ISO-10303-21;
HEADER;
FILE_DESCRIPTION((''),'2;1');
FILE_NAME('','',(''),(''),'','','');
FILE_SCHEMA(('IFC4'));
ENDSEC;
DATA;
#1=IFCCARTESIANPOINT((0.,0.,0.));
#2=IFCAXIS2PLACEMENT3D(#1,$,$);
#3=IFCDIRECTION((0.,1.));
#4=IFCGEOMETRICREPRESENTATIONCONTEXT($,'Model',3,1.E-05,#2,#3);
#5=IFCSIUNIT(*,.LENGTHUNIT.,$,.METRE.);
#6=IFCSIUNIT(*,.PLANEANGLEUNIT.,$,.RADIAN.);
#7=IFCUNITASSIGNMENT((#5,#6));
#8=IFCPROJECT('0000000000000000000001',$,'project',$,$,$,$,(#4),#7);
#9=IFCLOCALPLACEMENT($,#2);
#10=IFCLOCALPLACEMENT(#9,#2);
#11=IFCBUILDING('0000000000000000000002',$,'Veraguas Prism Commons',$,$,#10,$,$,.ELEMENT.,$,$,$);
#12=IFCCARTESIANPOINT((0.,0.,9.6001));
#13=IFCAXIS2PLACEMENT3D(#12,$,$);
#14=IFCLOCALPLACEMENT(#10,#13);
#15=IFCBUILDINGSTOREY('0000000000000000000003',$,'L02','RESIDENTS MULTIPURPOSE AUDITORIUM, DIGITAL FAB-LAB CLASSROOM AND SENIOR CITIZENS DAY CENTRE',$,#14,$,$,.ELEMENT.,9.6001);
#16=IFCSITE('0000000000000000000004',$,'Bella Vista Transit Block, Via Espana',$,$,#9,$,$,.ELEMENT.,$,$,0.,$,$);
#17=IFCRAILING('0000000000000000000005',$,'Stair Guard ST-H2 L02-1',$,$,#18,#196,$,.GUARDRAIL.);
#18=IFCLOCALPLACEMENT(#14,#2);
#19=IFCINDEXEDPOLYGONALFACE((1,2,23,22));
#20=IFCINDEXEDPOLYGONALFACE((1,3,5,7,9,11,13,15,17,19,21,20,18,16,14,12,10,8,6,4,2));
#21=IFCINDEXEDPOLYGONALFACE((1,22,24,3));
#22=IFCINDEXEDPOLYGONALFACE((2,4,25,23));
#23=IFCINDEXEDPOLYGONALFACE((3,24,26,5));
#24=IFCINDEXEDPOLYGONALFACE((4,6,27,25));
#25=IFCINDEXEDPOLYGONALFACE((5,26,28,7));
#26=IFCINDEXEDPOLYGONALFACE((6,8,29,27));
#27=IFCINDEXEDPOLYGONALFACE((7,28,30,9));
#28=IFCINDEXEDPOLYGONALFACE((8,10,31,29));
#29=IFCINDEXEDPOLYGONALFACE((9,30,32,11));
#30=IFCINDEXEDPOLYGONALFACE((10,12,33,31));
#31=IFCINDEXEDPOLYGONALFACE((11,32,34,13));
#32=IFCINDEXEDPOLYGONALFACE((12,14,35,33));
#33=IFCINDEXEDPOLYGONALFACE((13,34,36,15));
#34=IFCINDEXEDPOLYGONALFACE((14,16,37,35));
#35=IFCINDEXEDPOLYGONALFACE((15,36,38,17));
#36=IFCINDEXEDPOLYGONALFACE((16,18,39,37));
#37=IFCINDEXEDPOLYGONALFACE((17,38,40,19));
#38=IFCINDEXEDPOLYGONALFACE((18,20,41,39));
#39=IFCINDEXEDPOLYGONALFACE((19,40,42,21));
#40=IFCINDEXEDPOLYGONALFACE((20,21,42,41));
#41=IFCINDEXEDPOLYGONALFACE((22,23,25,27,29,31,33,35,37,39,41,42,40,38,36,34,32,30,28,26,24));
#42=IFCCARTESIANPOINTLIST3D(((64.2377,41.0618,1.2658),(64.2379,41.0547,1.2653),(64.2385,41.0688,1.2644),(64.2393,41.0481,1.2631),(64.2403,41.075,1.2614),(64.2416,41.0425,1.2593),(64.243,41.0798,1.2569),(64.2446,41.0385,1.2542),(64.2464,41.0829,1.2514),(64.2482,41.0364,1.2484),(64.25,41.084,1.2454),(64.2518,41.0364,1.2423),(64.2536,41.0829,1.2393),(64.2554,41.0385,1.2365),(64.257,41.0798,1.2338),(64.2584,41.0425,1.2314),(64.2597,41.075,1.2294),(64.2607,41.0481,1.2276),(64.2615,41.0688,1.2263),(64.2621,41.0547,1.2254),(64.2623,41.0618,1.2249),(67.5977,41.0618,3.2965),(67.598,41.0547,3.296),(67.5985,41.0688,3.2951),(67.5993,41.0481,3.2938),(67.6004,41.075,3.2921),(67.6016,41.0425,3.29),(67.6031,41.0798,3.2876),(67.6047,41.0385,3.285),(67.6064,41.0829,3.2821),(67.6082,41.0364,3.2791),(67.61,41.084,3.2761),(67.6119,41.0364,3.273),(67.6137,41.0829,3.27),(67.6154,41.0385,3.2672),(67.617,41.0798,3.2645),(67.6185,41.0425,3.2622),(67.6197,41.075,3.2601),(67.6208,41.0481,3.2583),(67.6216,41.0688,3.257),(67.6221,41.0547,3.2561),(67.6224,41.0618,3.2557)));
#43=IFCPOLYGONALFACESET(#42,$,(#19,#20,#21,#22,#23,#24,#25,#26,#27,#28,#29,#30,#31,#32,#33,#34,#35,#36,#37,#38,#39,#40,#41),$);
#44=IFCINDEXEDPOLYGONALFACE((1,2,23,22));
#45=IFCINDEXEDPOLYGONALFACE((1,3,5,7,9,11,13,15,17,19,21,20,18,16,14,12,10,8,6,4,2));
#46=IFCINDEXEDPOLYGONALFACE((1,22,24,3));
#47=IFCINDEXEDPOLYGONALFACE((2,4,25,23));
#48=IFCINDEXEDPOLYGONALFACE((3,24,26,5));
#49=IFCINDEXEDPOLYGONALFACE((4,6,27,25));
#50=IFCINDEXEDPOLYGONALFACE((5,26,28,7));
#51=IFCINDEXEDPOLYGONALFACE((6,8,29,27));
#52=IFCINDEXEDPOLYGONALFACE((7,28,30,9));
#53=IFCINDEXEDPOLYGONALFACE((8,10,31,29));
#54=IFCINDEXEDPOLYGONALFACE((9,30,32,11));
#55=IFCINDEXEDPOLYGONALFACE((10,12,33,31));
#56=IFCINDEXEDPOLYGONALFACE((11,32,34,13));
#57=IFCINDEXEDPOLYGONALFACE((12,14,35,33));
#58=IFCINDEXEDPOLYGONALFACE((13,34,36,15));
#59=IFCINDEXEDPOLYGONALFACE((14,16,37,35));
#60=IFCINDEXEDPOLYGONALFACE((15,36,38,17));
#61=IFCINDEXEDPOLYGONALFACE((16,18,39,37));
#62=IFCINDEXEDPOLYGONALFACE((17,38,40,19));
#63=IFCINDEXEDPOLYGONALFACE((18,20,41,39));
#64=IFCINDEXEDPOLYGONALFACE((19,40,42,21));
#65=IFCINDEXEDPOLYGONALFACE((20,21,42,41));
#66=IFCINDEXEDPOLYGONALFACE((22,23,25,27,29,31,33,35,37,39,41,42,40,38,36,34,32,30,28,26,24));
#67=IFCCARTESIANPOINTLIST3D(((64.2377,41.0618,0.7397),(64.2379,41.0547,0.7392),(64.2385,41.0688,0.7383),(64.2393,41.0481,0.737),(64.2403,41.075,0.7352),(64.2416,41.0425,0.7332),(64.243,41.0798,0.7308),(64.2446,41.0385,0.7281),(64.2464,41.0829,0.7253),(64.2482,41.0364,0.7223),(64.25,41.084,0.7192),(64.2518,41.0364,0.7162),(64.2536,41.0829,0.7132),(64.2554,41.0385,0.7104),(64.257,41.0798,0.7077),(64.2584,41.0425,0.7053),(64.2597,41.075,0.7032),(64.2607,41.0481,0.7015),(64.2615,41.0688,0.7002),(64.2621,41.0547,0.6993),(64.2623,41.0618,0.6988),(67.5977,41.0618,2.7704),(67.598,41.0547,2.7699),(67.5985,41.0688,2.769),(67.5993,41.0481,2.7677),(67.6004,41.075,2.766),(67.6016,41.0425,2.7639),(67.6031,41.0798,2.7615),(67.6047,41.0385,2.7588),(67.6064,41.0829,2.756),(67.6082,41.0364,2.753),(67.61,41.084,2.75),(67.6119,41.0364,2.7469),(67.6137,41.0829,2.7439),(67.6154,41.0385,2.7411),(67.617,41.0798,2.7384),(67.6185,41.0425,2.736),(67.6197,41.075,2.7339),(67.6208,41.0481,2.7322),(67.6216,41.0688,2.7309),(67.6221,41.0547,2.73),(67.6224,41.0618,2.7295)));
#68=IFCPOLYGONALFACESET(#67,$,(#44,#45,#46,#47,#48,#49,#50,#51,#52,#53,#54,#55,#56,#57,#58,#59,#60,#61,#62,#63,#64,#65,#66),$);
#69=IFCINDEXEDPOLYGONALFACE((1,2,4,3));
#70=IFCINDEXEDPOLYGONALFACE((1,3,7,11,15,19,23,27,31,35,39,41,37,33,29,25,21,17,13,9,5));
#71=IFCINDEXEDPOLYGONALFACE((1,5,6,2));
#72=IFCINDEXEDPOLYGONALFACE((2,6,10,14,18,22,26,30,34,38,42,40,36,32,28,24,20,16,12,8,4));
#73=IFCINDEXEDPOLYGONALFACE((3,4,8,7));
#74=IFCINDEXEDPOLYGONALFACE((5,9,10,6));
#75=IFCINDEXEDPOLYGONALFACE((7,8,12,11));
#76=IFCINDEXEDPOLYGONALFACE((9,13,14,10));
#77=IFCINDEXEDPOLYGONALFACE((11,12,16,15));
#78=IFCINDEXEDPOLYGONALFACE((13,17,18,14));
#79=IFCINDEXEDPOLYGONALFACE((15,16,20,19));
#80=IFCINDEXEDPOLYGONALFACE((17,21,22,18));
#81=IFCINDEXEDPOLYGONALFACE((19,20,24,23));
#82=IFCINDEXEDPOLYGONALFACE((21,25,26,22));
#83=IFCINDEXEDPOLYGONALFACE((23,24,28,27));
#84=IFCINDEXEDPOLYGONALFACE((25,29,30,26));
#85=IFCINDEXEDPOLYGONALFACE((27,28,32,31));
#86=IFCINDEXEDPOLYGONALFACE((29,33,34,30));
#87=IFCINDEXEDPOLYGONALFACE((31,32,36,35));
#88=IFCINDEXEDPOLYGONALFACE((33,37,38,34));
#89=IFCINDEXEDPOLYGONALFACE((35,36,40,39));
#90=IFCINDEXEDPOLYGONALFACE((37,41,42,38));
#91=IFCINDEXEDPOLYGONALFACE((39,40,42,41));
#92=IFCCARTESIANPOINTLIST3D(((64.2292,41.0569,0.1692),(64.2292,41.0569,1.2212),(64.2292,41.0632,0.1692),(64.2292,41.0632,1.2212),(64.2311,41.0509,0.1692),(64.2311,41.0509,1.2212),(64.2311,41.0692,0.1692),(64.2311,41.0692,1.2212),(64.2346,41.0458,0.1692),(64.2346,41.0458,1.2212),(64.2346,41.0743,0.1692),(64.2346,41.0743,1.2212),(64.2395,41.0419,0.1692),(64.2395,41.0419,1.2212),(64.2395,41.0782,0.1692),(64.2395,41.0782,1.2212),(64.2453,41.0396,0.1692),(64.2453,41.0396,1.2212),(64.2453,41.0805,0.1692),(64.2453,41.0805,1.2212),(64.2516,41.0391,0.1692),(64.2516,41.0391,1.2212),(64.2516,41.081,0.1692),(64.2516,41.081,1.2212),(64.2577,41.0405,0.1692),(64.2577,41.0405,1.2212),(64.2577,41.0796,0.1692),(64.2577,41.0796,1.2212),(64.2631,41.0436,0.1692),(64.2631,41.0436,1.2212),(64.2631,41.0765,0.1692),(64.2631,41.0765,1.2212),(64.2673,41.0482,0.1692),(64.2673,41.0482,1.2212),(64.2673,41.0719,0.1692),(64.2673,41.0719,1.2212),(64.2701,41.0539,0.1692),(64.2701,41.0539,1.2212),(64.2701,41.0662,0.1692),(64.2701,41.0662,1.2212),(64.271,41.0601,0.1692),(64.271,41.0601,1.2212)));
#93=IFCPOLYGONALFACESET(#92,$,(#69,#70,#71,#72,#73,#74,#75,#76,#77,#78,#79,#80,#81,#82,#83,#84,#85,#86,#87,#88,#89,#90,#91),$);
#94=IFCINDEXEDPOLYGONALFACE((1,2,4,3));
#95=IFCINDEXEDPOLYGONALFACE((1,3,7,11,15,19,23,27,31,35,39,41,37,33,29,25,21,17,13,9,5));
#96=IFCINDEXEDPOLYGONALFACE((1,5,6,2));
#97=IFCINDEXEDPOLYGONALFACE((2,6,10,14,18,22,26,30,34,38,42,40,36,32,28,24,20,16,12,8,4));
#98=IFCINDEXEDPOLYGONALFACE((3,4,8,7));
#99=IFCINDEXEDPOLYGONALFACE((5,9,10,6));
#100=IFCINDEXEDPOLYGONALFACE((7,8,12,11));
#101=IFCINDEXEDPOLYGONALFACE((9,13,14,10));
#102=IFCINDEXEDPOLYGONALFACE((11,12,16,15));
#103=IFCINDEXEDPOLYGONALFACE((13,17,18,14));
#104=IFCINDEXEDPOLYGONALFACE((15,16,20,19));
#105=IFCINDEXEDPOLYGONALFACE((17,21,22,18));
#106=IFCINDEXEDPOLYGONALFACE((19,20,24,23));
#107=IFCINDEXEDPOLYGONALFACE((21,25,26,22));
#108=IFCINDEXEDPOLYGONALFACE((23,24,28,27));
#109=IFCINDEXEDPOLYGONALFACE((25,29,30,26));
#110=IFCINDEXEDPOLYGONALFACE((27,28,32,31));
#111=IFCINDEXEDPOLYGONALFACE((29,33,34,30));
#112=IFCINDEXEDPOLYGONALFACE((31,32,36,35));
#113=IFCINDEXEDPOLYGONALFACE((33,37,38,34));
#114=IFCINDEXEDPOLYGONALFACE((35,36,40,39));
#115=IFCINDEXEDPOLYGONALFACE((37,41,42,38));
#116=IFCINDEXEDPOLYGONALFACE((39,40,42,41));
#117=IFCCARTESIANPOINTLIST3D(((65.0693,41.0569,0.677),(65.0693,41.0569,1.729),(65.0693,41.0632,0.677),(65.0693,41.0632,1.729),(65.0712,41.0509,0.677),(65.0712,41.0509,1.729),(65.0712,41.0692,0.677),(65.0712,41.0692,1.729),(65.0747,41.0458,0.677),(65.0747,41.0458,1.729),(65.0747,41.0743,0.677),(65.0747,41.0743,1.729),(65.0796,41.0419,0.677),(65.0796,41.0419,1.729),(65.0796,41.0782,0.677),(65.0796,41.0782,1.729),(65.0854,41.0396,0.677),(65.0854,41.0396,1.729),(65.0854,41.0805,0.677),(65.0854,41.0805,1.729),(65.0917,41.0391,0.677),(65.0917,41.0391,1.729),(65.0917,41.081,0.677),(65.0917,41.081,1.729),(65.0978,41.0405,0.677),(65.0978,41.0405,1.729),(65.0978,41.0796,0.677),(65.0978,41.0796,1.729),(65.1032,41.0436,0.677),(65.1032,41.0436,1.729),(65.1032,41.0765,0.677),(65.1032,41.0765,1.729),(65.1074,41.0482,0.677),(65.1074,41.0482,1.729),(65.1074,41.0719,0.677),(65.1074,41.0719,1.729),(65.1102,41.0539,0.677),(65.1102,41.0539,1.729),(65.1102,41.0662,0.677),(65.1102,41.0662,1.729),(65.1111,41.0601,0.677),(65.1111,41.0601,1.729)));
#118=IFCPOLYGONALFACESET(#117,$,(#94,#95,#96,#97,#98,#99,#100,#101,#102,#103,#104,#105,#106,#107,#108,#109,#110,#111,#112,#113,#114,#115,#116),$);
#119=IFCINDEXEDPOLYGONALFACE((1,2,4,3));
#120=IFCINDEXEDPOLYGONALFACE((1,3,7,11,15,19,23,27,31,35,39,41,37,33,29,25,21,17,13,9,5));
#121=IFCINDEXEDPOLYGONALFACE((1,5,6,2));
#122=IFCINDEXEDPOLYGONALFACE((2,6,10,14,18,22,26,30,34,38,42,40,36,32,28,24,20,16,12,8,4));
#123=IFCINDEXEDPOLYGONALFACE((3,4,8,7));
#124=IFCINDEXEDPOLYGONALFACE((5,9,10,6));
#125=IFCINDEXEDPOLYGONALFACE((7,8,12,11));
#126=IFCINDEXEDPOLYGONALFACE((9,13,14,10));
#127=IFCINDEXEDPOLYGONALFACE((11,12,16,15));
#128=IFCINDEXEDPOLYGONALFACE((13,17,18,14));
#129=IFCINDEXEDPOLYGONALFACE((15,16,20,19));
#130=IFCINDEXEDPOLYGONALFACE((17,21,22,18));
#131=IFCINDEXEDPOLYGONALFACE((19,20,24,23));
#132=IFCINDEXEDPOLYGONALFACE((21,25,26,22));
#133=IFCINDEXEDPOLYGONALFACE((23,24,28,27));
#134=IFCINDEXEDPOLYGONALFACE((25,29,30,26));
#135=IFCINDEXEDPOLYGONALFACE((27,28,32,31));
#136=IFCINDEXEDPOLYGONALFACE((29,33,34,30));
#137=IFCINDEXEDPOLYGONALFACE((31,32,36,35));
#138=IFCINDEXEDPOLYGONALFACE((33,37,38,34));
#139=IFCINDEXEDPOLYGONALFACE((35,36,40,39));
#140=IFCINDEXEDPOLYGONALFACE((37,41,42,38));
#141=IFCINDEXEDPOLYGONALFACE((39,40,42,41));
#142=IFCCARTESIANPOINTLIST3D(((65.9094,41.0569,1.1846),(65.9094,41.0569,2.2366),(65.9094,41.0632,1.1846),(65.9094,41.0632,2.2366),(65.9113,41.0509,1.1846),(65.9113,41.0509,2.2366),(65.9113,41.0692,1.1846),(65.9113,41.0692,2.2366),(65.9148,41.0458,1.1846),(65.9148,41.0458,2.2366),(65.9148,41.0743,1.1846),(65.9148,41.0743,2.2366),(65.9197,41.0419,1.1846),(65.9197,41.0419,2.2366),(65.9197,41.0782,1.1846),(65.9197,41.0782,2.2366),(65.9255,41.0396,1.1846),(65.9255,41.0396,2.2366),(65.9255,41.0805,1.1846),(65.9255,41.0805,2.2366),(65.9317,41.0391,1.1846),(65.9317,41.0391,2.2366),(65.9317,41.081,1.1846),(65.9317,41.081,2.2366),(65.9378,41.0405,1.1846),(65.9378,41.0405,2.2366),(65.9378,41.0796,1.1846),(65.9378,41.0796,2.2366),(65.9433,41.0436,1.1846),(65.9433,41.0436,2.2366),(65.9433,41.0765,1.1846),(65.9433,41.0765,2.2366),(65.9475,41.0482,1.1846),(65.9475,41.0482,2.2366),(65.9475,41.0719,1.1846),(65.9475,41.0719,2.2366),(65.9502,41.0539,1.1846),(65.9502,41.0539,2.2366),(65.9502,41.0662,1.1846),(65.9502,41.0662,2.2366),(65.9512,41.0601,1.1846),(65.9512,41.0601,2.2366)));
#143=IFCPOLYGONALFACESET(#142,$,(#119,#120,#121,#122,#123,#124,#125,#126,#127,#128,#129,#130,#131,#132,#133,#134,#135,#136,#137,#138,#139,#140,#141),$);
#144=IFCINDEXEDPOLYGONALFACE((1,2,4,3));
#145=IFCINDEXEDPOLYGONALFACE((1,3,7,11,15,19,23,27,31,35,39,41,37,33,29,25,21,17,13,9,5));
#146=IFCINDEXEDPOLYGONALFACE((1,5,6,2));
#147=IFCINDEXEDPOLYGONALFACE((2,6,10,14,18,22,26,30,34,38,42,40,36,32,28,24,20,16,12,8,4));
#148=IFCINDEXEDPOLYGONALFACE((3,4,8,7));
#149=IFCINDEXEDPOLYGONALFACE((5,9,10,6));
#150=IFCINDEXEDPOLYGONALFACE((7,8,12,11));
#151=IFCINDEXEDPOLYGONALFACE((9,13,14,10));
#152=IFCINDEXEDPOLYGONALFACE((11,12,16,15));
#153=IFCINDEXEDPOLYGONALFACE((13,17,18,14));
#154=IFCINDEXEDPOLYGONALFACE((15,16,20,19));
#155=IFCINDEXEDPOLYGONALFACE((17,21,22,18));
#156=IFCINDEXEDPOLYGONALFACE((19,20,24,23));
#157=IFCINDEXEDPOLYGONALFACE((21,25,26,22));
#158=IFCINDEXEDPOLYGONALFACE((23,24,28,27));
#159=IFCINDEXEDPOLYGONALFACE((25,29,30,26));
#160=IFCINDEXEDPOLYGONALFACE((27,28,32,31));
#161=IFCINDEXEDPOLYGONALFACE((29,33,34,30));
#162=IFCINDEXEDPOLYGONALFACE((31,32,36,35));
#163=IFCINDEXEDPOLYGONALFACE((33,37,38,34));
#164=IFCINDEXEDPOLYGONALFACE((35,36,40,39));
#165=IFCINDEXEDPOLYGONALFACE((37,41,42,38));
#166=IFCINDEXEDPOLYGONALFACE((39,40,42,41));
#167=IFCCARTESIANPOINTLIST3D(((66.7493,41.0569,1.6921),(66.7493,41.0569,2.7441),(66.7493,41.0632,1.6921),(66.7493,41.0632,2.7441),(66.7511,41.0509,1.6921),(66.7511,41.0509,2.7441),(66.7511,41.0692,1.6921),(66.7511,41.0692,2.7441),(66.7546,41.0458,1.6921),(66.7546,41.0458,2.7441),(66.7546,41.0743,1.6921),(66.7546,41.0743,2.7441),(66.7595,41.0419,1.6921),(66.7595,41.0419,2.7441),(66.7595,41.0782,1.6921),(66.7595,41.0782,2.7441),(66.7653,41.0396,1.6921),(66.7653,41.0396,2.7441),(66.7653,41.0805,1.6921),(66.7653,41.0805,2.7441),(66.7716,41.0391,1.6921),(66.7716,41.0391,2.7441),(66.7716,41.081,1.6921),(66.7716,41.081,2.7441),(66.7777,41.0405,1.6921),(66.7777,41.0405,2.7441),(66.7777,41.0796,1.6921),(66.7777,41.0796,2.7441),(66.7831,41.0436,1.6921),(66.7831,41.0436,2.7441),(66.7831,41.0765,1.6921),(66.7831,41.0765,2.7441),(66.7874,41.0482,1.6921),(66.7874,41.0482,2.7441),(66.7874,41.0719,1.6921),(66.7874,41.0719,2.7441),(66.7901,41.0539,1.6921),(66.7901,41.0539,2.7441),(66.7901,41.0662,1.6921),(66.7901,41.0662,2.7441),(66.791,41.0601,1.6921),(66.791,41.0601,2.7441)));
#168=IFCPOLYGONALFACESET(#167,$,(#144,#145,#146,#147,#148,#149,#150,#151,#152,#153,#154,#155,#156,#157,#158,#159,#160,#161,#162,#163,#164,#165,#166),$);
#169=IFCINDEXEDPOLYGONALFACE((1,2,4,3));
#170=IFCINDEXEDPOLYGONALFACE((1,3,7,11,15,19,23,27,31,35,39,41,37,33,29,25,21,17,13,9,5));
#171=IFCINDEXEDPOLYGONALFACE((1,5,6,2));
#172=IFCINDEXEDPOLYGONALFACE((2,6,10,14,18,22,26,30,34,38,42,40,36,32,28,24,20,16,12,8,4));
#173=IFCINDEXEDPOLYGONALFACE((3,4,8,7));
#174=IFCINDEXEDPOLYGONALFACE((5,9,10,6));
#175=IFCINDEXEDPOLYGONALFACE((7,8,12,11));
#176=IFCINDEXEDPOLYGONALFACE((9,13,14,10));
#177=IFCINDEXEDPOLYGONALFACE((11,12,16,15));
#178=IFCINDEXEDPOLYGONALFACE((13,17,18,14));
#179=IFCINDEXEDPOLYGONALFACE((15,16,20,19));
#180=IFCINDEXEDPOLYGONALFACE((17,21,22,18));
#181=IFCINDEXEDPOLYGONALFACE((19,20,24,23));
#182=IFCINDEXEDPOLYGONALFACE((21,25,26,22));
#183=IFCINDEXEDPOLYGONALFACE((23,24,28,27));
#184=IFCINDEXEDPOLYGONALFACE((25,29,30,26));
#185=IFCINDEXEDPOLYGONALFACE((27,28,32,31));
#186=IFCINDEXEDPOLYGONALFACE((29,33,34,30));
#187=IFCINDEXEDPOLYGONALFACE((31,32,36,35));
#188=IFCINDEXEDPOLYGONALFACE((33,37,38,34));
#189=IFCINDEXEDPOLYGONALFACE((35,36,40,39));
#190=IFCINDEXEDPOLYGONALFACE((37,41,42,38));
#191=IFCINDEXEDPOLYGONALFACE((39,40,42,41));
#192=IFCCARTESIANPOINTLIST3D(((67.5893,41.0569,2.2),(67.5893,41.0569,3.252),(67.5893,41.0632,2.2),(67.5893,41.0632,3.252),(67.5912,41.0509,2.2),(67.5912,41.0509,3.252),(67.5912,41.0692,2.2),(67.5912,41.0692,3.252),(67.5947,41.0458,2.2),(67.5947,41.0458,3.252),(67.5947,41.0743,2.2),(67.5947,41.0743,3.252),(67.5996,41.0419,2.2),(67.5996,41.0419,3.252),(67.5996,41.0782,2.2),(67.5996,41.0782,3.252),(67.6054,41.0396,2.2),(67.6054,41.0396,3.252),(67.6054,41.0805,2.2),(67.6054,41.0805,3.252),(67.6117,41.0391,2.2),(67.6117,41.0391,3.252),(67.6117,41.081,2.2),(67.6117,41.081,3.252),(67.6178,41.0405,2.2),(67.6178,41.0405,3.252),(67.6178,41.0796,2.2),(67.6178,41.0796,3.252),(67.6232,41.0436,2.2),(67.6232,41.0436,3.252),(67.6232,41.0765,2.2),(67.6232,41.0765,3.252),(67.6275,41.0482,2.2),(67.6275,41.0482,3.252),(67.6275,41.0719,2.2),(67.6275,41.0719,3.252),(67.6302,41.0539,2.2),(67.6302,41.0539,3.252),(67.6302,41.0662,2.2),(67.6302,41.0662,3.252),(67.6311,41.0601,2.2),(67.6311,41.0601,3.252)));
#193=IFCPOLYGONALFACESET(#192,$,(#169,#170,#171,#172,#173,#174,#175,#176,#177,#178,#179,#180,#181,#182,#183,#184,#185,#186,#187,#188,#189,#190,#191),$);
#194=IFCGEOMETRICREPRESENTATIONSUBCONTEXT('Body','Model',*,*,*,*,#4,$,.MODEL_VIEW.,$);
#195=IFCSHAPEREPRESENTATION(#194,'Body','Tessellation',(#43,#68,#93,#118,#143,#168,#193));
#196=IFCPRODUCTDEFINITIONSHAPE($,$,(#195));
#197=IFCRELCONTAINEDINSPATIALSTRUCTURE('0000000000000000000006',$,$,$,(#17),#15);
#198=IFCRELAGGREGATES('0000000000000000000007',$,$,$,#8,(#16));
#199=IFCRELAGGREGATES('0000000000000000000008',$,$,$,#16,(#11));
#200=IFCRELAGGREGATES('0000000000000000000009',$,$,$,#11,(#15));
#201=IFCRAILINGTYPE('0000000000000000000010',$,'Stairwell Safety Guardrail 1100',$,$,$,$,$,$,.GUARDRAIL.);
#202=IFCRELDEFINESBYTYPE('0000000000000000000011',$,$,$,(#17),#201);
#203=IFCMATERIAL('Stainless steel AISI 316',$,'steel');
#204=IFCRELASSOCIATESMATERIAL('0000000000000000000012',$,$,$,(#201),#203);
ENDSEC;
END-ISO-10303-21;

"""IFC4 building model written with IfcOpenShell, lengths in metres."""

from ifc_helpers import new_model, si_unit, direction, frame, origin, origin_2d, place, context, subcontext, project, spatial, circle, extrude, material, type_object, element, save


model = new_model("IFC4")

# Units and contexts
model_context = context("Model", 3, precision=1e-05, world=origin(), true_north=direction((0.0, 1.0)))
body_context = subcontext(model_context, "Body", "Model", "MODEL_VIEW")
ifc_project = project(units=[si_unit("LENGTHUNIT", "METRE"), si_unit("PLANEANGLEUNIT", "RADIAN")], contexts=[model_context])

# Site, building, storey
site_placement = place(None, origin())
site = spatial("IfcSite", under=ifc_project, at=site_placement, Name="Bella Vista Transit Block, Via Espana", CompositionType="ELEMENT", RefElevation=0.0)
building_placement = place(site_placement, origin())
building = spatial("IfcBuilding", under=site, at=building_placement, Name="Veraguas Prism Commons", CompositionType="ELEMENT")
storey_placement = place(building_placement, frame((0.0, 0.0, 9.6001)))
storey = spatial("IfcBuildingStorey", under=building, at=storey_placement, Name="L02", Description="RESIDENTS MULTIPURPOSE AUDITORIUM, DIGITAL FAB-LAB CLASSROOM AND SENIOR CITIZENS DAY CENTRE", CompositionType="ELEMENT", Elevation=9.6001)

# Railing
ifc_material_1 = material(Name="Stainless steel AISI 316", Category="steel")
railing_type_1 = type_object("IfcRailingType", Name="Stairwell Safety Guardrail 1100", PredefinedType="GUARDRAIL", material=ifc_material_1)
railing_1_placement = place(storey_placement, frame((64.25, 41.0601, 0.1692)))
element("IfcRailing", 1, at=railing_1_placement, inside=storey, type_object=railing_type_1, Name="Stair Guard ST-H2 L02-1", PredefinedType="GUARDRAIL", context=body_context, shape_type="SweptSolid", body=[
    extrude(circle(Radius=0.0239, at=origin_2d()), frame((0.0, 0.0, 1.0762), z_axis=(0.855837, 0.0, 0.517246), x_axis=(0.0, 1.0, 0.0)), (0.0, 0.0, 1.0), 3.926),
    extrude(circle(Radius=0.0239, at=origin_2d()), frame((0.0, 0.0, 0.55), z_axis=(0.855837, 0.0, 0.517246), x_axis=(0.0, 1.0, 0.0)), (0.0, 0.0, 1.0), 3.926),
    extrude(circle(Radius=0.021, at=origin_2d()), origin(), (0.0, 0.0, 1.0), 1.052),
    extrude(circle(Radius=0.021, at=origin_2d()), frame((0.8401, 0.0, 0.5078)), (0.0, 0.0, 1.0), 1.052),
    extrude(circle(Radius=0.021, at=origin_2d()), frame((1.6802, 0.0, 1.0154)), (0.0, 0.0, 1.0), 1.052),
    extrude(circle(Radius=0.021, at=origin_2d()), frame((2.52, 0.0, 1.5229)), (0.0, 0.0, 1.0), 1.052),
    extrude(circle(Radius=0.021, at=origin_2d()), frame((3.3601, 0.0, 2.0308)), (0.0, 0.0, 1.0), 1.052),
])

save(model, "model.ifc")
